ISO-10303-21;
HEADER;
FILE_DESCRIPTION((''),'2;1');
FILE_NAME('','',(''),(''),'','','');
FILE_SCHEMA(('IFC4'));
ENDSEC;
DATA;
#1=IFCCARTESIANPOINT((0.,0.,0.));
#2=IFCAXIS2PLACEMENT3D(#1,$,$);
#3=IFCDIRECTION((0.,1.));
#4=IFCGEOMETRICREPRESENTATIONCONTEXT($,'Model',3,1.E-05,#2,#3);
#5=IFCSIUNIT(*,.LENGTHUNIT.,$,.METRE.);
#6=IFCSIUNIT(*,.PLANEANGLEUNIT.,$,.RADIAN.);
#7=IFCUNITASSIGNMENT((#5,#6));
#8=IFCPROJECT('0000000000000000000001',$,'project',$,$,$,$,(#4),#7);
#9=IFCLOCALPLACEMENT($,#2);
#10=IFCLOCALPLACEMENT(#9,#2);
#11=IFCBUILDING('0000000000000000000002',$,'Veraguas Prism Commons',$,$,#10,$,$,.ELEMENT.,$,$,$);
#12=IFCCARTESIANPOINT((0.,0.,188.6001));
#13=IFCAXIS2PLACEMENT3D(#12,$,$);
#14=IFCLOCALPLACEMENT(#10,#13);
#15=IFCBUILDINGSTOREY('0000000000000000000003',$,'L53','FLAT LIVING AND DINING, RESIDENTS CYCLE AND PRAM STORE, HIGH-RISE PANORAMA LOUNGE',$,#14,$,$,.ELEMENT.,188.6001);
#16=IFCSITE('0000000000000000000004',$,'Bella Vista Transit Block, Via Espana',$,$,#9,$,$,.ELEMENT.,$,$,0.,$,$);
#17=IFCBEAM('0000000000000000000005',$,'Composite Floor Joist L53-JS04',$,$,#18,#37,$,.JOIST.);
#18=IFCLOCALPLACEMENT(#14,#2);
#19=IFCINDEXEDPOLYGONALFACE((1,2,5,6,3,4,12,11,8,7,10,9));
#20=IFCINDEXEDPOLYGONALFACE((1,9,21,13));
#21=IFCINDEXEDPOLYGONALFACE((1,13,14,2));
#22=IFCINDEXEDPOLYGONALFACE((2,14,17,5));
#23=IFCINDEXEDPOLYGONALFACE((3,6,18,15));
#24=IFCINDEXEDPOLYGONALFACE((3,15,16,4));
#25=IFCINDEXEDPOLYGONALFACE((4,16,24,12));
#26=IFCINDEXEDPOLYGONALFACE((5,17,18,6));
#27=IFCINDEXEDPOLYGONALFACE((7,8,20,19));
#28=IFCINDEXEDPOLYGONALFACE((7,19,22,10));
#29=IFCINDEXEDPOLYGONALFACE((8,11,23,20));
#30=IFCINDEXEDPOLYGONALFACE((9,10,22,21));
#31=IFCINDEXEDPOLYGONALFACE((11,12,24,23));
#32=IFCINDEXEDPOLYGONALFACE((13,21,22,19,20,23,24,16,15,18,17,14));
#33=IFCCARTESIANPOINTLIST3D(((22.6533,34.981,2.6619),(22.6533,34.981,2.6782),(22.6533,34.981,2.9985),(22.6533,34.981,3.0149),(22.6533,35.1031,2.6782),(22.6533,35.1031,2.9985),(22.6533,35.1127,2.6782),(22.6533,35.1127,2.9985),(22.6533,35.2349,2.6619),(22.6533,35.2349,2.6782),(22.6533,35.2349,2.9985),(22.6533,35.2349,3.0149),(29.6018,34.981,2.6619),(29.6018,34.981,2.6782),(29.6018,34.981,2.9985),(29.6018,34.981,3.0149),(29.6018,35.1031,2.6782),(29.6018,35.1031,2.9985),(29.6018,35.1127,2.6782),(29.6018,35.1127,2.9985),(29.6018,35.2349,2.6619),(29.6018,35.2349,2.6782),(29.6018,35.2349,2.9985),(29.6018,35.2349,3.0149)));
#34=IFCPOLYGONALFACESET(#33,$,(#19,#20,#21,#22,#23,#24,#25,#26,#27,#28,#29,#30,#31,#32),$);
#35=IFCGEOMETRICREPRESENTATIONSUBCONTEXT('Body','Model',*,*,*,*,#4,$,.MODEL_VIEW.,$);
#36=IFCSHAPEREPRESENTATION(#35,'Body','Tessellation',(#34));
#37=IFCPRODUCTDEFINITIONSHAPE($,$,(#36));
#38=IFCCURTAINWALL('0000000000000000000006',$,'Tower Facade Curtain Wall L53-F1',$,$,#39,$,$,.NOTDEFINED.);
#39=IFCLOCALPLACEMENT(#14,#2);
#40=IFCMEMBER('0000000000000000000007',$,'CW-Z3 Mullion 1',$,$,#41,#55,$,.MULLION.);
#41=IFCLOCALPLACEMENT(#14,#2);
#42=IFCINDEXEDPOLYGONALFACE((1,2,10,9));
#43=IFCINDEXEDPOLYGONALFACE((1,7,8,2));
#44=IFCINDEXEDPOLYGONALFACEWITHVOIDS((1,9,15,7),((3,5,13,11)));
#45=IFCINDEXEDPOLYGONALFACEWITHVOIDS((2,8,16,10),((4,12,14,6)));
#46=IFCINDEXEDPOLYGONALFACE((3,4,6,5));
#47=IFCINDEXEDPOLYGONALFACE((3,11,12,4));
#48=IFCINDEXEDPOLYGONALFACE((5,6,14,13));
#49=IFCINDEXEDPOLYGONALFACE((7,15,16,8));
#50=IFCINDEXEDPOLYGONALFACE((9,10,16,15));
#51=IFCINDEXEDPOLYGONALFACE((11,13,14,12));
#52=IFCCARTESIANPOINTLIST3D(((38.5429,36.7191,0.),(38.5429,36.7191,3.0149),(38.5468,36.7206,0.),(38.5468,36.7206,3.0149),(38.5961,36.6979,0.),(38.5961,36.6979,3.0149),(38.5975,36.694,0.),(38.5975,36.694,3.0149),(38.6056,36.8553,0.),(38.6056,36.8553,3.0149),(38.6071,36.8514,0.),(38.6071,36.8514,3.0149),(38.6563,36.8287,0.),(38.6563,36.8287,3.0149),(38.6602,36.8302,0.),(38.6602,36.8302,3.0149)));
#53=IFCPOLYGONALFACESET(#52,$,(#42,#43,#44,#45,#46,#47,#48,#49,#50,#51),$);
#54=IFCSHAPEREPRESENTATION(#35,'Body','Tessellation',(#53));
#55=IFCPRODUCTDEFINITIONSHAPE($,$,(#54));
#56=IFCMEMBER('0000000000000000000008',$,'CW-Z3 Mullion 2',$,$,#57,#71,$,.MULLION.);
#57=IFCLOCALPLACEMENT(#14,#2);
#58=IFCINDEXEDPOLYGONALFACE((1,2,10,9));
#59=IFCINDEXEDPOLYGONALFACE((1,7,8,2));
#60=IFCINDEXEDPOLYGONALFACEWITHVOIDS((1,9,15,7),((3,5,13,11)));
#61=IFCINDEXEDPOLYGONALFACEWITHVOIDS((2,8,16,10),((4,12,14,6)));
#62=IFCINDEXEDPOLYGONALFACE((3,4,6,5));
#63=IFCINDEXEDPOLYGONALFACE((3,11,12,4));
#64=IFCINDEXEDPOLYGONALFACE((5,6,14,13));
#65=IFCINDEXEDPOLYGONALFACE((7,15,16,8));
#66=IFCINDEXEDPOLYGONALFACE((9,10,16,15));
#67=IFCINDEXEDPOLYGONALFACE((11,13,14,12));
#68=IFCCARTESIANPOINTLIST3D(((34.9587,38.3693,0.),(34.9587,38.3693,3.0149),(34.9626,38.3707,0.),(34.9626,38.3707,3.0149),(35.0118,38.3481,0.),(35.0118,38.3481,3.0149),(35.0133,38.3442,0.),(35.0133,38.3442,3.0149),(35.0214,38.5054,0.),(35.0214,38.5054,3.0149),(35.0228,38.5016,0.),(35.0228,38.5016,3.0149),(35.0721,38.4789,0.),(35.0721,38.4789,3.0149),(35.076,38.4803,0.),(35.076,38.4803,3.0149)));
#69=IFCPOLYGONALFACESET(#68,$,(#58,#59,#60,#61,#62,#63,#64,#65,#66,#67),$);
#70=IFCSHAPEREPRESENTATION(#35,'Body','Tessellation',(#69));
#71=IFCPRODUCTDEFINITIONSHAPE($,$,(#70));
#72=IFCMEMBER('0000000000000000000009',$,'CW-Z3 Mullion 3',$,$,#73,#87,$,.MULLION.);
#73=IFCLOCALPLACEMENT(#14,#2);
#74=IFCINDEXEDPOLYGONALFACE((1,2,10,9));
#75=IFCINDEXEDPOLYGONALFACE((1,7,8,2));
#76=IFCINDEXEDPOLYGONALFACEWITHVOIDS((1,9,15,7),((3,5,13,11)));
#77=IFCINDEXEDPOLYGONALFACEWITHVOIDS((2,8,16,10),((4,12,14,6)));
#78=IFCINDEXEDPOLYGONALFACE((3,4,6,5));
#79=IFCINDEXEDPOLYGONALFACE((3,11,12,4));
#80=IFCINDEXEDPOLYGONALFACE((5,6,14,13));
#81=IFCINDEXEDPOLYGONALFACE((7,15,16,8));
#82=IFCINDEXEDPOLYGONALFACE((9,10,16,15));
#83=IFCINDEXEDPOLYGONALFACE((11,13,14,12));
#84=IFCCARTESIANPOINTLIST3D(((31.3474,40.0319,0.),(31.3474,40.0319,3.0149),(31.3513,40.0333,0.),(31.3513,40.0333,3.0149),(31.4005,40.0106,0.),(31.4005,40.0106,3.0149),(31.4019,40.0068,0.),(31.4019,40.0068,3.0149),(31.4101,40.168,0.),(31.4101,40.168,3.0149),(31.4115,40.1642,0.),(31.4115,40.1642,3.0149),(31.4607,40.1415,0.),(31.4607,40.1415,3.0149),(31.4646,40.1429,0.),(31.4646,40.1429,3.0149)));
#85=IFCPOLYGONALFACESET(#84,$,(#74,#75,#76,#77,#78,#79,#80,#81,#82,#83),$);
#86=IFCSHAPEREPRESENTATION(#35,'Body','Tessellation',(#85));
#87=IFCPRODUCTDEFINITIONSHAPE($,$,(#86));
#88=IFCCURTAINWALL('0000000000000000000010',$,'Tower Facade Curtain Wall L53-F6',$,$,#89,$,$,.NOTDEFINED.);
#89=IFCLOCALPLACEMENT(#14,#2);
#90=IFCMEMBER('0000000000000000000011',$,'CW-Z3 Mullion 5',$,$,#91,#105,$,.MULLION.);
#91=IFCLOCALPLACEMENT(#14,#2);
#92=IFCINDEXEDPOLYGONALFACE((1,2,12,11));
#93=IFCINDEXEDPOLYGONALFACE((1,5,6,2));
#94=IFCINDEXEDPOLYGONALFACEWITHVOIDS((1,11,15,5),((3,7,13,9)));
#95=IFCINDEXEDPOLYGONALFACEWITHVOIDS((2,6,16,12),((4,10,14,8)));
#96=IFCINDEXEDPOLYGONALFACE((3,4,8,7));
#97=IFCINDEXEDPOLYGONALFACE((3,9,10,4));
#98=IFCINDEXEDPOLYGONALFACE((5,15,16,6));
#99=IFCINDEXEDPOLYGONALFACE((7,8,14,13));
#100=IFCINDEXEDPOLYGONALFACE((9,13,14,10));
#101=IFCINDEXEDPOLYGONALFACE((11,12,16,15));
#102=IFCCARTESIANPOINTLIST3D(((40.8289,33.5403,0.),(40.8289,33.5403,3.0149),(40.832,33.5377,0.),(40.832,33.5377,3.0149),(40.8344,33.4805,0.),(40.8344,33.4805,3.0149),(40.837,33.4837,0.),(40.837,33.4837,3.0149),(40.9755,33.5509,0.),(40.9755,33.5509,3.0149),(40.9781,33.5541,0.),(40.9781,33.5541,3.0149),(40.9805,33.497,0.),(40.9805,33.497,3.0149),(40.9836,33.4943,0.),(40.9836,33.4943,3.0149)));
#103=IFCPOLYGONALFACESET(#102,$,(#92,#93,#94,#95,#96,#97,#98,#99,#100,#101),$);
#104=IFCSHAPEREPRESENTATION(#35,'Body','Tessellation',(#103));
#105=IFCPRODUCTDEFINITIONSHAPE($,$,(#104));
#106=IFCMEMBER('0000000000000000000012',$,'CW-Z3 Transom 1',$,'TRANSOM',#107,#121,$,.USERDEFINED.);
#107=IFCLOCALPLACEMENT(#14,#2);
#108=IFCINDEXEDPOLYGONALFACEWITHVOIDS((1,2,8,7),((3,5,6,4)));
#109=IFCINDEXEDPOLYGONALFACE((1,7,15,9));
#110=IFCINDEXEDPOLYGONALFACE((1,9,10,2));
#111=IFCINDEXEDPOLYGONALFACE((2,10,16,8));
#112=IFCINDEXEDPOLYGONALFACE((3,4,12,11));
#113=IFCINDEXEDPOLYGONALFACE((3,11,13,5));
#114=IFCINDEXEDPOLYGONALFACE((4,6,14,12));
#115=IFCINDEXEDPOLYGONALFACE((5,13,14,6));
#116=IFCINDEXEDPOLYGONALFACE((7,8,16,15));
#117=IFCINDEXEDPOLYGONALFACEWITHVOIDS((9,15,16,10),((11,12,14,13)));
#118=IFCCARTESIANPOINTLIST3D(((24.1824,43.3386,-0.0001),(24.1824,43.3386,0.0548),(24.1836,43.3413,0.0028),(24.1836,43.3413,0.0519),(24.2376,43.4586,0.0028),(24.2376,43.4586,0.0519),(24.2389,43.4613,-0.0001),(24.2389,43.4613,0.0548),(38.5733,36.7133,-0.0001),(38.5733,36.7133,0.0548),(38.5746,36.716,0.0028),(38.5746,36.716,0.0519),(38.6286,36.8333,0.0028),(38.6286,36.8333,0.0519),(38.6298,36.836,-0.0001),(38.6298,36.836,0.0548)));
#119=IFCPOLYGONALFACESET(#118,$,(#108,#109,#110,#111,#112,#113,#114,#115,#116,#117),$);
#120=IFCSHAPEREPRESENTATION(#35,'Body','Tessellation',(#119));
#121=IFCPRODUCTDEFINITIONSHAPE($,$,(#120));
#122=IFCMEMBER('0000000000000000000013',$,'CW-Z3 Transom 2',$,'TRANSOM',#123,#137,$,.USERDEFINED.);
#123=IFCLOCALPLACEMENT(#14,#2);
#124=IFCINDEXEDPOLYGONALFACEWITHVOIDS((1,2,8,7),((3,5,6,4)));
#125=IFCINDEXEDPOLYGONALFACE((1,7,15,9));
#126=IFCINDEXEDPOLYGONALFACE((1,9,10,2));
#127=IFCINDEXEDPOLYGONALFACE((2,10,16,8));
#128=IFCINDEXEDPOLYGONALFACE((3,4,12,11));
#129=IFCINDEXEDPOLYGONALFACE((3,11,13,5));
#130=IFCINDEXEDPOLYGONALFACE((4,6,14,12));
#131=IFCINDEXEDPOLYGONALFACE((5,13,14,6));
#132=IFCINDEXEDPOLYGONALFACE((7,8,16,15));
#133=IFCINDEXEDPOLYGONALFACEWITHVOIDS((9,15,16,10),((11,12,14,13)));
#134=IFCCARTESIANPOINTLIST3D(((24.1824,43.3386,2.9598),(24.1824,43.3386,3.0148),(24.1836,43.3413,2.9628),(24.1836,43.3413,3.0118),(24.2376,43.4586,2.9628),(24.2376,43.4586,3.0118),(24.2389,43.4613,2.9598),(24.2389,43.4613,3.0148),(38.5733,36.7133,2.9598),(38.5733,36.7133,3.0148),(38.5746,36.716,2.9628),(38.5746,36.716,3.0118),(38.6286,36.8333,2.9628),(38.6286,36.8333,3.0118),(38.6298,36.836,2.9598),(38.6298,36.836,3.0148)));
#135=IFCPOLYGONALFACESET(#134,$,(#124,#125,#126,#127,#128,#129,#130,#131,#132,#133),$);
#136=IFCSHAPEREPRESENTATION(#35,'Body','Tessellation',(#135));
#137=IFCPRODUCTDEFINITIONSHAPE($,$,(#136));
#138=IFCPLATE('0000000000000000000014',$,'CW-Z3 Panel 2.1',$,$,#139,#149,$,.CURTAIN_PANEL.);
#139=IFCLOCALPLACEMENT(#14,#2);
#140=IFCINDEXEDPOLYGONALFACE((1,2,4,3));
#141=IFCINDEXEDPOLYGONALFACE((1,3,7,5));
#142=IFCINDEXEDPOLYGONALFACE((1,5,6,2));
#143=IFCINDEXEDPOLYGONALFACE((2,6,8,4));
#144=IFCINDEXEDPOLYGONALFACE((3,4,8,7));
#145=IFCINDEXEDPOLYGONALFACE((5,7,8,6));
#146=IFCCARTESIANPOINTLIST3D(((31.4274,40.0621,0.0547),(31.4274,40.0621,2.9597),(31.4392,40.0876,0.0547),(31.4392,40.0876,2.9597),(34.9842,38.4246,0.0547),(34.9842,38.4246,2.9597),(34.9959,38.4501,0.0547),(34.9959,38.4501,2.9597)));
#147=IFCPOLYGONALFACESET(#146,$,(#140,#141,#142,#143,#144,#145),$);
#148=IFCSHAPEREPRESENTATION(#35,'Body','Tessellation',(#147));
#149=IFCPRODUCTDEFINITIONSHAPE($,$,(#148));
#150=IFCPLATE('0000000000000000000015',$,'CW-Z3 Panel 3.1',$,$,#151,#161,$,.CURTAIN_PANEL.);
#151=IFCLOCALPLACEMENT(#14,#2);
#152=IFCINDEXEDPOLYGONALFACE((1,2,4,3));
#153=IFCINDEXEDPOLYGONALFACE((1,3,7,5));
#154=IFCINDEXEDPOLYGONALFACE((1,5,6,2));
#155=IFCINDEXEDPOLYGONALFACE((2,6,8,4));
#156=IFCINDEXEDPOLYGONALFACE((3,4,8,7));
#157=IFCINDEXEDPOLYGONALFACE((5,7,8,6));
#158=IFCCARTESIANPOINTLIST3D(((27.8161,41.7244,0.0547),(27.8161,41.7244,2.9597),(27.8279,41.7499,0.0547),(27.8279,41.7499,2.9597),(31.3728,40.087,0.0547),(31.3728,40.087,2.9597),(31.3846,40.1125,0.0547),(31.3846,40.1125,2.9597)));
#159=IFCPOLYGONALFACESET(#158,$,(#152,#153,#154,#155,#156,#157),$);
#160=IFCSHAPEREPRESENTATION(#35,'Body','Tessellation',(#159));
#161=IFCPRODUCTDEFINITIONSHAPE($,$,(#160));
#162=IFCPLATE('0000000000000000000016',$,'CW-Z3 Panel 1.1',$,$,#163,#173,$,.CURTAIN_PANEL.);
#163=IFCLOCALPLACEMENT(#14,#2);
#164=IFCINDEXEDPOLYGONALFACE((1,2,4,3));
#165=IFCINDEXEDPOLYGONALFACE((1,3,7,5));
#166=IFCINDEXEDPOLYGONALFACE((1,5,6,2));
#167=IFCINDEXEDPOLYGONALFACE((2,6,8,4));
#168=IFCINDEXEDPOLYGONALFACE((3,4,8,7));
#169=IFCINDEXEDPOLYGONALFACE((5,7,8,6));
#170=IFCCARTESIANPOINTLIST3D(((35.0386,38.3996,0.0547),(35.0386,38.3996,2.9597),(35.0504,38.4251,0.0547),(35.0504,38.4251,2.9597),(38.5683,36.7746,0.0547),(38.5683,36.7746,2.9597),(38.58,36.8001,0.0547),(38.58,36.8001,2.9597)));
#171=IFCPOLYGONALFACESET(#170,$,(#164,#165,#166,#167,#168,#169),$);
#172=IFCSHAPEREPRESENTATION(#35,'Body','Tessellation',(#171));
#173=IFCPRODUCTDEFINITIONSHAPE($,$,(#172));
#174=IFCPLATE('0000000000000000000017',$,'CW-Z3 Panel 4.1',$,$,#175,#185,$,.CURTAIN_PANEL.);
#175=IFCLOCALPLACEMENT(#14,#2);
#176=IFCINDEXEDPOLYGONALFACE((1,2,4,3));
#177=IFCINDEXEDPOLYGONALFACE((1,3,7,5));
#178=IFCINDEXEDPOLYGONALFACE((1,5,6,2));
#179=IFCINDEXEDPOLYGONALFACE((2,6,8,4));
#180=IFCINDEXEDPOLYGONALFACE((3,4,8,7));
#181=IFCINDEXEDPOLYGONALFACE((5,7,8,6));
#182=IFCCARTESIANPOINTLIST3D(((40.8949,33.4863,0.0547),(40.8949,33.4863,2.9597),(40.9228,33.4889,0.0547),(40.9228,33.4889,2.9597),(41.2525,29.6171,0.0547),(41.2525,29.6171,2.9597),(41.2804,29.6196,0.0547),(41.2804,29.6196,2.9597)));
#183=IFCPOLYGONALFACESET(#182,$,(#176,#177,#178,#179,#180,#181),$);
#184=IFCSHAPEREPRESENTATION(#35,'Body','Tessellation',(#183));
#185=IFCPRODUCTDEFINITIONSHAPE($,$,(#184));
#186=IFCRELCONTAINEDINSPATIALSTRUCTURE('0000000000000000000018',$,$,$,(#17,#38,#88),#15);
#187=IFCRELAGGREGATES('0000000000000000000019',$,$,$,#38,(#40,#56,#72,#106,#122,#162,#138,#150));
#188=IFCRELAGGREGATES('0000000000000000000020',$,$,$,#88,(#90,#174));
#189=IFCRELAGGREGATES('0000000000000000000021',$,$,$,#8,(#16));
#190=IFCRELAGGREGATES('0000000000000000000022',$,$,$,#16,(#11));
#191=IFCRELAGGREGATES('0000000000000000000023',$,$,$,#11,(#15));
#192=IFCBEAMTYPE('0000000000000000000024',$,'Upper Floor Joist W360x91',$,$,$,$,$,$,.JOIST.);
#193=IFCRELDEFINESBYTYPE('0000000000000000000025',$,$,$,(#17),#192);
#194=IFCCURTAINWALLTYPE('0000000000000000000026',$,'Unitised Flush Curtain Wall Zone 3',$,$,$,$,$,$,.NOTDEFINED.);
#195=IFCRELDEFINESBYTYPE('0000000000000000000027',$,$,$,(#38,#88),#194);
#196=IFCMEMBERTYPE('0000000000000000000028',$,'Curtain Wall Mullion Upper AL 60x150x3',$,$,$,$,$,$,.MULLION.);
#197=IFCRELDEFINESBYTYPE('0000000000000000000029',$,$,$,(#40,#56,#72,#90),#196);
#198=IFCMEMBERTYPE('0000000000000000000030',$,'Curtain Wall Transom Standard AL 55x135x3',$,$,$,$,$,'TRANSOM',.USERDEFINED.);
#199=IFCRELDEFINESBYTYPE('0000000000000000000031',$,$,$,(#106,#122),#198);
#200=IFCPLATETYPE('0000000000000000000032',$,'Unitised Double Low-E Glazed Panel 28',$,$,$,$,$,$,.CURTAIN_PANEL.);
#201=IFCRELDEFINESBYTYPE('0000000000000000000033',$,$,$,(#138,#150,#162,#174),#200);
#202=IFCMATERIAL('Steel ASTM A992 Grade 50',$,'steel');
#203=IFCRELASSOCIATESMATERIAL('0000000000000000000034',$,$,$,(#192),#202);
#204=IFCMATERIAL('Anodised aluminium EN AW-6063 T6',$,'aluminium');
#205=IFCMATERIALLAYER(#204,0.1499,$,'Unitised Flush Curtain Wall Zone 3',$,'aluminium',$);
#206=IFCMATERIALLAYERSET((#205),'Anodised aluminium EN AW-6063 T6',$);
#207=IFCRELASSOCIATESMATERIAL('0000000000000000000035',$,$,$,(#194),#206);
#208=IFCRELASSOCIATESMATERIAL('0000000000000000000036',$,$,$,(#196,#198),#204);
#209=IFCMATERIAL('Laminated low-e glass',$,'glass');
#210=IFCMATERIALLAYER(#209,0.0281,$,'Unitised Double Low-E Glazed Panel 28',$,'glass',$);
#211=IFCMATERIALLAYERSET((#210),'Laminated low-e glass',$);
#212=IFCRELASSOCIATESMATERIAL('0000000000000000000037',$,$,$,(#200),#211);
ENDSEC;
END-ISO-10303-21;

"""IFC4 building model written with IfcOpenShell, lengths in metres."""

from ifc_helpers import new_model, si_unit, direction, frame, origin, origin_2d, place, context, subcontext, project, spatial, rectangle, hollow_rectangle, i_section, extrude, source, transform, mapped, material, layer, layer_set, material_profile, profile_set, type_object, element, aggregate, save


model = new_model("IFC4")

# Units and contexts
model_context = context("Model", 3, precision=1e-05, world=origin(), true_north=direction((0.0, 1.0)))
body_context = subcontext(model_context, "Body", "Model", "MODEL_VIEW")
ifc_project = project(units=[si_unit("LENGTHUNIT", "METRE"), si_unit("PLANEANGLEUNIT", "RADIAN")], contexts=[model_context])

# Site, building, storey
site_placement = place(None, origin())
site = spatial("IfcSite", under=ifc_project, at=site_placement, Name="Bella Vista Transit Block, Via Espana", CompositionType="ELEMENT", RefElevation=0.0)
building_placement = place(site_placement, origin())
building = spatial("IfcBuilding", under=site, at=building_placement, Name="Veraguas Prism Commons", CompositionType="ELEMENT")
storey_placement = place(building_placement, frame((0.0, 0.0, 188.6001)))
storey = spatial("IfcBuildingStorey", under=building, at=storey_placement, Name="L53", Description="FLAT LIVING AND DINING, RESIDENTS CYCLE AND PRAM STORE, HIGH-RISE PANORAMA LOUNGE", CompositionType="ELEMENT", Elevation=188.6001)

# Beam
ifc_material_1 = material(Name="Steel ASTM A992 Grade 50", Category="steel")
ifc_material_profile_1 = material_profile(ifc_material_1, i_section(OverallWidth=0.2539, OverallDepth=0.353, WebThickness=0.0095, FlangeThickness=0.0164, at=origin_2d()), Name="W360X91")
ifc_profile_set_1 = profile_set([ifc_material_profile_1], Name="Steel ASTM A992 Grade 50")
beam_type = type_object("IfcBeamType", Name="Upper Floor Joist W360x91", PredefinedType="JOIST", material=ifc_profile_set_1)
beam_placement = place(storey_placement, frame((29.6018, 35.1079, 2.8384), z_axis=(-1.0, 0.0, 0.0), x_axis=(0.0, -1.0, 0.0)))
element("IfcBeam", 1, at=beam_placement, inside=storey, type_object=beam_type, Name="Composite Floor Joist L53-JS04", PredefinedType="JOIST", context=body_context, shape_type="SweptSolid", body=[
    extrude(i_section(OverallWidth=0.2539, OverallDepth=0.353, WebThickness=0.0095, FlangeThickness=0.0164, at=origin_2d()), origin(), (0.0, 0.0, 1.0), 6.9485),
])

# Curtain wall, members
ifc_material_2 = material(Name="Anodised aluminium EN AW-6063 T6", Category="aluminium")
ifc_layer_1 = layer(ifc_material_2, 0.1499, Name="Unitised Flush Curtain Wall Zone 3", Category="aluminium")
ifc_layer_set_1 = layer_set([ifc_layer_1], Name="Anodised aluminium EN AW-6063 T6")
curtain_wall_type = type_object("IfcCurtainWallType", Name="Unitised Flush Curtain Wall Zone 3", PredefinedType="NOTDEFINED", material=ifc_layer_set_1)
curtain_wall_1_placement = place(storey_placement, origin())
curtain_wall_1 = element("IfcCurtainWall", 2, at=curtain_wall_1_placement, inside=storey, type_object=curtain_wall_type, Name="Tower Facade Curtain Wall L53-F1", PredefinedType="NOTDEFINED")
ifc_material_profile_2 = material_profile(ifc_material_2, hollow_rectangle(XDim=0.0601, YDim=0.1499, WallThickness=0.0029, at=origin_2d()), Name="AL60X150X3")
ifc_profile_set_2 = profile_set([ifc_material_profile_2], Name="Anodised aluminium EN AW-6063 T6")
member_type_1 = type_object("IfcMemberType", Name="Curtain Wall Mullion Upper AL 60x150x3", PredefinedType="MULLION", material=ifc_profile_set_2)
shared_shape_1 = source(origin(), body_context, "Body", "SweptSolid", [
    extrude(hollow_rectangle(XDim=0.0601, YDim=0.1499, WallThickness=0.0029, at=origin_2d()), origin(), (0.0, 0.0, 1.0), 3.0149),
])
member_1_placement = place(storey_placement, frame((38.6016, 36.7747, 0.0), z_axis=(0.0, 0.0, 1.0), x_axis=(-0.908362, 0.418186, 0.0)))
member_1 = element("IfcMember", 3, at=member_1_placement, type_object=member_type_1, Name="CW-Z3 Mullion 1", PredefinedType="MULLION", context=body_context, shape_type="MappedRepresentation", body=[
    mapped(shared_shape_1, transform((0.0, 0.0, 0.0), scale=1.0)),
])
member_2_placement = place(storey_placement, frame((35.0173, 38.4248, 0.0), z_axis=(0.0, 0.0, 1.0), x_axis=(-0.908362, 0.418186, 0.0)))
member_2 = element("IfcMember", 4, at=member_2_placement, type_object=member_type_1, Name="CW-Z3 Mullion 2", PredefinedType="MULLION", context=body_context, shape_type="MappedRepresentation", body=[
    mapped(shared_shape_1, transform((0.0, 0.0, 0.0), scale=1.0)),
])
member_3_placement = place(storey_placement, frame((31.406, 40.0874, 0.0), z_axis=(0.0, 0.0, 1.0), x_axis=(-0.908362, 0.418186, 0.0)))
member_3 = element("IfcMember", 5, at=member_3_placement, type_object=member_type_1, Name="CW-Z3 Mullion 3", PredefinedType="MULLION", context=body_context, shape_type="MappedRepresentation", body=[
    mapped(shared_shape_1, transform((0.0, 0.0, 0.0), scale=1.0)),
])

# Curtain wall, member
curtain_wall_2_placement = place(storey_placement, origin())
curtain_wall_2 = element("IfcCurtainWall", 6, at=curtain_wall_2_placement, inside=storey, type_object=curtain_wall_type, Name="Tower Facade Curtain Wall L53-F6", PredefinedType="NOTDEFINED")
member_4_placement = place(storey_placement, frame((40.9062, 33.5173, 0.0), z_axis=(0.0, 0.0, 1.0), x_axis=(-0.092023, 0.995757, 0.0)))
member_4 = element("IfcMember", 7, at=member_4_placement, type_object=member_type_1, Name="CW-Z3 Mullion 5", PredefinedType="MULLION", context=body_context, shape_type="MappedRepresentation", body=[
    mapped(shared_shape_1, transform((0.0, 0.0, 0.0), scale=1.0)),
])

# Members
ifc_material_profile_3 = material_profile(ifc_material_2, hollow_rectangle(XDim=0.0549, YDim=0.135, WallThickness=0.0029, at=origin_2d()), Name="AL55X135X3")
ifc_profile_set_3 = profile_set([ifc_material_profile_3], Name="Anodised aluminium EN AW-6063 T6")
member_type_2 = type_object("IfcMemberType", Name="Curtain Wall Transom Standard AL 55x135x3", ElementType="TRANSOM", PredefinedType="USERDEFINED", material=ifc_profile_set_3)
shared_shape_2 = source(origin(), body_context, "Body", "SweptSolid", [
    extrude(hollow_rectangle(XDim=0.0549, YDim=0.135, WallThickness=0.0029, at=origin_2d()), origin(), (0.0, 0.0, 1.0), 15.8428),
])
member_5_placement = place(storey_placement, frame((38.6016, 36.7747, 0.0273), z_axis=(-0.90836, 0.418189, 0.0), x_axis=(0.0, 0.0, 1.0)))
member_5 = element("IfcMember", 8, at=member_5_placement, type_object=member_type_2, Name="CW-Z3 Transom 1", ObjectType="TRANSOM", PredefinedType="USERDEFINED", context=body_context, shape_type="MappedRepresentation", body=[
    mapped(shared_shape_2, transform((0.0, 0.0, 0.0), scale=1.0)),
])
member_6_placement = place(storey_placement, frame((38.6016, 36.7747, 2.9873), z_axis=(-0.90836, 0.418189, 0.0), x_axis=(0.0, 0.0, 1.0)))
member_6 = element("IfcMember", 9, at=member_6_placement, type_object=member_type_2, Name="CW-Z3 Transom 2", ObjectType="TRANSOM", PredefinedType="USERDEFINED", context=body_context, shape_type="MappedRepresentation", body=[
    mapped(shared_shape_2, transform((0.0, 0.0, 0.0), scale=1.0)),
])

# Plates
ifc_material_3 = material(Name="Laminated low-e glass", Category="glass")
ifc_layer_2 = layer(ifc_material_3, 0.0281, Name="Unitised Double Low-E Glazed Panel 28", Category="glass")
ifc_layer_set_2 = layer_set([ifc_layer_2], Name="Laminated low-e glass")
plate_type = type_object("IfcPlateType", Name="Unitised Double Low-E Glazed Panel 28", PredefinedType="CURTAIN_PANEL", material=ifc_layer_set_2)
shared_shape_3 = source(origin(), body_context, "Body", "SweptSolid", [
    extrude(rectangle(XDim=3.9155, YDim=0.0281, at=origin_2d()), origin(), (0.0, 0.0, 1.0), 2.905),
])
plate_1_placement = place(storey_placement, frame((33.2117, 39.2561, 0.0547), z_axis=(0.0, 0.0, 1.0), x_axis=(-0.908362, 0.418186, 0.0)))
plate_1 = element("IfcPlate", 10, at=plate_1_placement, type_object=plate_type, Name="CW-Z3 Panel 2.1", PredefinedType="CURTAIN_PANEL", context=body_context, shape_type="MappedRepresentation", body=[
    mapped(shared_shape_3, transform((0.0, 0.0, 0.0), scale=1.0)),
])
plate_2_placement = place(storey_placement, frame((29.6003, 40.9185, 0.0547), z_axis=(0.0, 0.0, 1.0), x_axis=(-0.908362, 0.418186, 0.0)))
plate_2 = element("IfcPlate", 11, at=plate_2_placement, type_object=plate_type, Name="CW-Z3 Panel 3.1", PredefinedType="CURTAIN_PANEL", context=body_context, shape_type="MappedRepresentation", body=[
    mapped(shared_shape_3, transform((0.0, 0.0, 0.0), scale=1.0)),
])
shared_shape_4 = source(origin(), body_context, "Body", "SweptSolid", [
    extrude(rectangle(XDim=3.8857, YDim=0.0281, at=origin_2d()), origin(), (0.0, 0.0, 1.0), 2.905),
])
plate_3_placement = place(storey_placement, frame((36.8093, 37.5999, 0.0547), z_axis=(0.0, 0.0, 1.0), x_axis=(-0.908362, 0.418186, 0.0)))
plate_3 = element("IfcPlate", 12, at=plate_3_placement, type_object=plate_type, Name="CW-Z3 Panel 1.1", PredefinedType="CURTAIN_PANEL", context=body_context, shape_type="MappedRepresentation", body=[
    mapped(shared_shape_4, transform((0.0, 0.0, 0.0), scale=1.0)),
])
aggregate(curtain_wall_1, [member_1, member_2, member_3, member_5, member_6, plate_3, plate_1, plate_2])
plate_4_placement = place(storey_placement, frame((41.0876, 31.553, 0.0547), z_axis=(0.0, 0.0, 1.0), x_axis=(-0.092023, 0.995757, 0.0)))
plate_4 = element("IfcPlate", 13, at=plate_4_placement, type_object=plate_type, Name="CW-Z3 Panel 4.1", PredefinedType="CURTAIN_PANEL", context=body_context, shape_type="MappedRepresentation", body=[
    mapped(shared_shape_4, transform((0.0, 0.0, 0.0), scale=1.0)),
])
aggregate(curtain_wall_2, [member_4, plate_4])

save(model, "model.ifc")
